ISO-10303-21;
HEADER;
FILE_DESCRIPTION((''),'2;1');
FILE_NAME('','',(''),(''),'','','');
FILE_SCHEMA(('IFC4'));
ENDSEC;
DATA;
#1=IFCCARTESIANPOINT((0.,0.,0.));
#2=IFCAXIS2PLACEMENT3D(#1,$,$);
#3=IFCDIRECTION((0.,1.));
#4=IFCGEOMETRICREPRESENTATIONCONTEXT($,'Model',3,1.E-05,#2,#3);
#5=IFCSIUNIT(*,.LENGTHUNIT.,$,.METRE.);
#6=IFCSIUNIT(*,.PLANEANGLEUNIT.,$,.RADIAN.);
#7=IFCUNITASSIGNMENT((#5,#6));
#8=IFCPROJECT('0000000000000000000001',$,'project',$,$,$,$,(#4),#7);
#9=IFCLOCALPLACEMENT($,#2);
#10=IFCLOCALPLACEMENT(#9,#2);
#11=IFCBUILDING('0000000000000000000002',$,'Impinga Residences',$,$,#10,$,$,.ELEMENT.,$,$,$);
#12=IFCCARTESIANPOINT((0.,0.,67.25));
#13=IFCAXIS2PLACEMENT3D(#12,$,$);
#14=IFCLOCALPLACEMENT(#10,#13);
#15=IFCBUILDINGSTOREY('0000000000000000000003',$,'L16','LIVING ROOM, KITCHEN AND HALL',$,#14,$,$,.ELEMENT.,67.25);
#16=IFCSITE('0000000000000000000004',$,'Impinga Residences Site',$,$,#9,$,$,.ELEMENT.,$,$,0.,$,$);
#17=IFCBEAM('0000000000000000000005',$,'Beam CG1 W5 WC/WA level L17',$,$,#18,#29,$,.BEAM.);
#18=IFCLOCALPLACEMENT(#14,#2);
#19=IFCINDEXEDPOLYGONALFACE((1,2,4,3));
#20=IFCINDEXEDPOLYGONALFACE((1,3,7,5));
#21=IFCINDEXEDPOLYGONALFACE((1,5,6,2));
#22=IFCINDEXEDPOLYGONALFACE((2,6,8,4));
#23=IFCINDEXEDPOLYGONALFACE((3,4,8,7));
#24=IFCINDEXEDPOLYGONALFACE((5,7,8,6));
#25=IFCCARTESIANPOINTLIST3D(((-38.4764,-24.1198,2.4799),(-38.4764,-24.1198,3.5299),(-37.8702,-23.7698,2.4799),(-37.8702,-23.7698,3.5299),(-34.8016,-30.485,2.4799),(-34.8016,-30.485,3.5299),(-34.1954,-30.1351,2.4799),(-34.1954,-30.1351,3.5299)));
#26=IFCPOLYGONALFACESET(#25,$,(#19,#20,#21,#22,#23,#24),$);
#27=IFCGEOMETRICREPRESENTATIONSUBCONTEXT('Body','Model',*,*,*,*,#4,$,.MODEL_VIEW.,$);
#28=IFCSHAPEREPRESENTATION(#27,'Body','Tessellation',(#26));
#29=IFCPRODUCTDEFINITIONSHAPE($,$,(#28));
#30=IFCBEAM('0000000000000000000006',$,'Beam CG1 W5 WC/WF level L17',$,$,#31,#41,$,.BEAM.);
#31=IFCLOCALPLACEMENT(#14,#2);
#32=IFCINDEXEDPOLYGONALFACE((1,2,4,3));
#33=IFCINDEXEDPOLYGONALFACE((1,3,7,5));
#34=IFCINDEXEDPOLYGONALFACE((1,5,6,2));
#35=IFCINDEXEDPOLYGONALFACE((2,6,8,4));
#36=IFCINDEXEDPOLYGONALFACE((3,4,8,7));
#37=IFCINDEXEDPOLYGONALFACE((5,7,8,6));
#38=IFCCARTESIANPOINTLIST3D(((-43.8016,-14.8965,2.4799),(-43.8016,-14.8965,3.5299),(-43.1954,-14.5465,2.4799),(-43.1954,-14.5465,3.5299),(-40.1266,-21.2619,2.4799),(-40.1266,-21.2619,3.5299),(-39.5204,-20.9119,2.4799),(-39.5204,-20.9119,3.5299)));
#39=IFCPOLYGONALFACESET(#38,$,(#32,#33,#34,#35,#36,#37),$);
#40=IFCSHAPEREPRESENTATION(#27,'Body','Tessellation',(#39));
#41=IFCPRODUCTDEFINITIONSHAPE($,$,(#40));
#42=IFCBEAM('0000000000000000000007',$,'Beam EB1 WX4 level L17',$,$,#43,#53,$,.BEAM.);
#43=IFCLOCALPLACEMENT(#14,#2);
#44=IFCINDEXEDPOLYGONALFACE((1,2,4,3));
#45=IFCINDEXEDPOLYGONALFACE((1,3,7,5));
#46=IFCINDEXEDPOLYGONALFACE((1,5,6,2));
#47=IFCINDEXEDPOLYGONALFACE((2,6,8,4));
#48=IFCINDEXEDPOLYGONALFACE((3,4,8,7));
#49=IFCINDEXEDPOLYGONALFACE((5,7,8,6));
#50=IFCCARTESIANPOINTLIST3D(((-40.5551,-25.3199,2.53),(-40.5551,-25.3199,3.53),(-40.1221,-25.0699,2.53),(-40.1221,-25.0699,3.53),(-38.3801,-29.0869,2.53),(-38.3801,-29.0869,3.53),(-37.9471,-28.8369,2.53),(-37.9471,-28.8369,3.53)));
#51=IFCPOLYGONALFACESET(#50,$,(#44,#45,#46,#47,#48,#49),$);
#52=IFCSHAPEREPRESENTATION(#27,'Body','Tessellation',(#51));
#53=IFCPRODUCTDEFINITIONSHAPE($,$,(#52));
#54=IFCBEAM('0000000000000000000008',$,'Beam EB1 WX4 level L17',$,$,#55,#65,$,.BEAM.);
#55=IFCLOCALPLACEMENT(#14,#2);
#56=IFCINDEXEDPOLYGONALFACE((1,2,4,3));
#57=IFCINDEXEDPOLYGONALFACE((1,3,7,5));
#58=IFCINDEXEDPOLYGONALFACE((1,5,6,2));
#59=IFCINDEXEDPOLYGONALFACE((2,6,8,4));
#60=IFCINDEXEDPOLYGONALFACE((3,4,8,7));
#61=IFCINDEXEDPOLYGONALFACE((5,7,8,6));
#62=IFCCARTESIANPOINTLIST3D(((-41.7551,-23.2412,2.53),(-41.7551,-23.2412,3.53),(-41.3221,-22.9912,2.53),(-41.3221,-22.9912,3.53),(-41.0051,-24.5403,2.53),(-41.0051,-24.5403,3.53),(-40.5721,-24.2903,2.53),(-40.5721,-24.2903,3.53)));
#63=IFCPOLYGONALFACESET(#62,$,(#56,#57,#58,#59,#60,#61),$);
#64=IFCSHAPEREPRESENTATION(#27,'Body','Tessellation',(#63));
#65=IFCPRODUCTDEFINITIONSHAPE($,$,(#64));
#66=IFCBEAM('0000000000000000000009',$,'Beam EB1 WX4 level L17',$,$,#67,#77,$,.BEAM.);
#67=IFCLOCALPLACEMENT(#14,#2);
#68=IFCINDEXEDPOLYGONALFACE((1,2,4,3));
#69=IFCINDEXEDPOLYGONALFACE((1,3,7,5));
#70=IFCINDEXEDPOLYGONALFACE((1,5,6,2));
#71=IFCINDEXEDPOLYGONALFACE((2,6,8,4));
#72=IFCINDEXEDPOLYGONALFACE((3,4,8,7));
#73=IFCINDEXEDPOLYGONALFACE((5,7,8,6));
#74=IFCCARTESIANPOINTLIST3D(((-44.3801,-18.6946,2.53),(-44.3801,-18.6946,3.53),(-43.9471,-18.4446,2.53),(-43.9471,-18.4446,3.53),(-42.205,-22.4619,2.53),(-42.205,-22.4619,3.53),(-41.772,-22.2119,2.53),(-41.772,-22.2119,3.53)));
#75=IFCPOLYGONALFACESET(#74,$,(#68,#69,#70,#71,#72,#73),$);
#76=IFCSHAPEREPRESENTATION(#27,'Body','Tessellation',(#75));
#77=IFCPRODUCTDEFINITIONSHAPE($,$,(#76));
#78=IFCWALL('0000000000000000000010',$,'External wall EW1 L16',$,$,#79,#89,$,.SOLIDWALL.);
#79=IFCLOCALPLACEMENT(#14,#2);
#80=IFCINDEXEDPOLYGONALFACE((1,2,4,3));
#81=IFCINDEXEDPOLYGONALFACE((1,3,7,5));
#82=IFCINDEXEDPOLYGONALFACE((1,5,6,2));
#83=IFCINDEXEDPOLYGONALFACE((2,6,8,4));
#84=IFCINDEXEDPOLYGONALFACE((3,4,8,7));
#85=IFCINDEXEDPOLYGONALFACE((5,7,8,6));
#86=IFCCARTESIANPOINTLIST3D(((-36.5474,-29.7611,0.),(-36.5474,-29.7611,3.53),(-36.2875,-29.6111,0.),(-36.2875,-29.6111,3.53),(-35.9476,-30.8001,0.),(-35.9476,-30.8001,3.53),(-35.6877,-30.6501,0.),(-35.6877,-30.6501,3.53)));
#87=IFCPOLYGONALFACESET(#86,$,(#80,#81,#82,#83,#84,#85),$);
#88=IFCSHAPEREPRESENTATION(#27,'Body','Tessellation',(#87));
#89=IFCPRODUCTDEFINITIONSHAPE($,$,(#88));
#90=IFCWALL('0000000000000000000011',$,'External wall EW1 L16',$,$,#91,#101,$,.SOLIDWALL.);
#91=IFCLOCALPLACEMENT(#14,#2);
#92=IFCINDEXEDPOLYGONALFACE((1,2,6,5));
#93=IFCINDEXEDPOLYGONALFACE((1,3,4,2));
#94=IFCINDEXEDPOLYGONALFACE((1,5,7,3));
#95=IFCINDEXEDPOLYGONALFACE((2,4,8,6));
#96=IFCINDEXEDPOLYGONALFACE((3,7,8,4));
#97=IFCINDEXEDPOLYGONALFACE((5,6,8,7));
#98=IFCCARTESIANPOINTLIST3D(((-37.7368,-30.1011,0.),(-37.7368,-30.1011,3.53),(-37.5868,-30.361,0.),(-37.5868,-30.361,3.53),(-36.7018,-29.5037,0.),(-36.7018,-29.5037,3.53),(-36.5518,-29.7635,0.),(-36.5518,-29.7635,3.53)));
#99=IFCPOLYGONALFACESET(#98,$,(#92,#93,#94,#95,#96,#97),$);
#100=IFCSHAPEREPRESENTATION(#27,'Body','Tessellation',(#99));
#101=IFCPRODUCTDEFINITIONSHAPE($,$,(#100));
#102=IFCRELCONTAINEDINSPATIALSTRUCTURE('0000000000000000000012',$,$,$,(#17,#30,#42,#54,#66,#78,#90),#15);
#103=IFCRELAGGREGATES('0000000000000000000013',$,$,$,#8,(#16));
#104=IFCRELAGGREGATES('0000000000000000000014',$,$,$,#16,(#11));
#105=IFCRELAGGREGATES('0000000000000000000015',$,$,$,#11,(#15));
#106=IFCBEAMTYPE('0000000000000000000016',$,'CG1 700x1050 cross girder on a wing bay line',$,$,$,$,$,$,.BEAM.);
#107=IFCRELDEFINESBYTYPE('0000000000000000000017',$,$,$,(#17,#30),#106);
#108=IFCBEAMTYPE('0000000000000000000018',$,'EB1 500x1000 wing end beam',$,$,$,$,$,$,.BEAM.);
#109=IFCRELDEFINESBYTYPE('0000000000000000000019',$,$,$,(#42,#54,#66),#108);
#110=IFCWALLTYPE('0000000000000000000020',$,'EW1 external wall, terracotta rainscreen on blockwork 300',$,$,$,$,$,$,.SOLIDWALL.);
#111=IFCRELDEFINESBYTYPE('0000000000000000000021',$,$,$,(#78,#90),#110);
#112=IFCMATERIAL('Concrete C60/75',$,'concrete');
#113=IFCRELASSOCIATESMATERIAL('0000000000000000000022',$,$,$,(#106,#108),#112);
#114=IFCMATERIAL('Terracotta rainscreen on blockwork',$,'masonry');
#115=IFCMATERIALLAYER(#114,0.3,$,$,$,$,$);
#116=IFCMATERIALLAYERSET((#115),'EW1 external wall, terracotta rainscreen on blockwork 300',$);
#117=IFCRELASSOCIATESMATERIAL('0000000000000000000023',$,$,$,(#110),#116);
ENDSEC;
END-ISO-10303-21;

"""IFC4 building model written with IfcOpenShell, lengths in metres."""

from ifc_helpers import new_model, si_unit, direction, frame, frame_2d, origin, origin_2d, place, context, subcontext, project, spatial, rectangle, extrude, material, layer, layer_set, material_profile, profile_set, type_object, element, save


model = new_model("IFC4")

# Units and contexts
model_context = context("Model", 3, precision=1e-05, world=origin(), true_north=direction((0.0, 1.0)))
body_context = subcontext(model_context, "Body", "Model", "MODEL_VIEW")
ifc_project = project(units=[si_unit("LENGTHUNIT", "METRE"), si_unit("PLANEANGLEUNIT", "RADIAN")], contexts=[model_context])

# Site, building, storey
site_placement = place(None, origin())
site = spatial("IfcSite", under=ifc_project, at=site_placement, Name="Impinga Residences Site", CompositionType="ELEMENT", RefElevation=0.0)
building_placement = place(site_placement, origin())
building = spatial("IfcBuilding", under=site, at=building_placement, Name="Impinga Residences", CompositionType="ELEMENT")
storey_placement = place(building_placement, frame((0.0, 0.0, 67.25)))
storey = spatial("IfcBuildingStorey", under=building, at=storey_placement, Name="L16", Description="LIVING ROOM, KITCHEN AND HALL", CompositionType="ELEMENT", Elevation=67.25)

# Beams
ifc_material_1 = material(Name="Concrete C60/75", Category="concrete")
ifc_material_profile_1 = material_profile(ifc_material_1, rectangle(XDim=0.7, YDim=1.05, at=origin_2d()), Name="RC 700x1050")
ifc_profile_set_1 = profile_set([ifc_material_profile_1], Name="Concrete C60/75")
beam_type_1 = type_object("IfcBeamType", Name="CG1 700x1050 cross girder on a wing bay line", PredefinedType="BEAM", material=ifc_profile_set_1)
beam_1_placement = place(storey_placement, frame((-38.1733, -23.9448, 3.0049), z_axis=(0.499983, -0.866035, 0.0), x_axis=(0.866035, 0.499983, 0.0)))
element("IfcBeam", 1, at=beam_1_placement, inside=storey, type_object=beam_type_1, Name="Beam CG1 W5 WC/WA level L17", PredefinedType="BEAM", context=body_context, shape_type="SweptSolid", body=[
    extrude(rectangle(XDim=0.7, YDim=1.05, at=origin_2d()), origin(), (0.0, 0.0, 1.0), 7.3499),
])
beam_2_placement = place(storey_placement, frame((-39.8235, -21.0869, 3.0049), z_axis=(-0.499994, 0.866029, 0.0), x_axis=(-0.866029, -0.499994, 0.0)))
element("IfcBeam", 2, at=beam_2_placement, inside=storey, type_object=beam_type_1, Name="Beam CG1 W5 WC/WF level L17", PredefinedType="BEAM", context=body_context, shape_type="SweptSolid", body=[
    extrude(rectangle(XDim=0.7, YDim=1.05, at=origin_2d()), origin(), (0.0, 0.0, 1.0), 7.3501),
])
ifc_material_profile_2 = material_profile(ifc_material_1, rectangle(XDim=0.5, YDim=1.0, at=origin_2d()), Name="RC 500x1000")
ifc_profile_set_2 = profile_set([ifc_material_profile_2], Name="Concrete C60/75")
beam_type_2 = type_object("IfcBeamType", Name="EB1 500x1000 wing end beam", PredefinedType="BEAM", material=ifc_profile_set_2)
beam_3_placement = place(storey_placement, frame((-38.1636, -28.9619, 3.03), z_axis=(-0.50002, 0.866014, 0.0), x_axis=(-0.866014, -0.50002, 0.0)))
element("IfcBeam", 3, at=beam_3_placement, inside=storey, type_object=beam_type_2, Name="Beam EB1 WX4 level L17", PredefinedType="BEAM", context=body_context, shape_type="SweptSolid", body=[
    extrude(rectangle(XDim=0.5, YDim=1.0, at=origin_2d()), origin(), (0.0, 0.0, 1.0), 4.3499),
])
beam_4_placement = place(storey_placement, frame((-40.7886, -24.4153, 3.03), z_axis=(-0.49999, 0.866031, 0.0), x_axis=(-0.866031, -0.49999, 0.0)))
element("IfcBeam", 4, at=beam_4_placement, inside=storey, type_object=beam_type_2, Name="Beam EB1 WX4 level L17", PredefinedType="BEAM", context=body_context, shape_type="SweptSolid", body=[
    extrude(rectangle(XDim=0.5, YDim=1.0, at=origin_2d()), origin(), (0.0, 0.0, 1.0), 1.5),
])
beam_5_placement = place(storey_placement, frame((-41.9885, -22.3369, 3.03), z_axis=(-0.499996, 0.866028, 0.0), x_axis=(-0.866028, -0.499996, 0.0)))
element("IfcBeam", 5, at=beam_5_placement, inside=storey, type_object=beam_type_2, Name="Beam EB1 WX4 level L17", PredefinedType="BEAM", context=body_context, shape_type="SweptSolid", body=[
    extrude(rectangle(XDim=0.5, YDim=1.0, at=origin_2d()), origin(), (0.0, 0.0, 1.0), 4.3501),
])

# Walls
ifc_material_2 = material(Name="Terracotta rainscreen on blockwork", Category="masonry")
ifc_layer_1 = layer(ifc_material_2, 0.3)
ifc_layer_set_1 = layer_set([ifc_layer_1], Name="EW1 external wall, terracotta rainscreen on blockwork 300")
wall_type_1 = type_object("IfcWallType", Name="EW1 external wall, terracotta rainscreen on blockwork 300", PredefinedType="SOLIDWALL", material=ifc_layer_set_1)
wall_1_placement = place(storey_placement, frame((-35.8176, -30.7251, 0.0), z_axis=(0.0, 0.0, 1.0), x_axis=(-0.499969, 0.866043, 0.0)))
element("IfcWall", 6, at=wall_1_placement, inside=storey, type_object=wall_type_1, Name="External wall EW1 L16", PredefinedType="SOLIDWALL", context=body_context, shape_type="SweptSolid", body=[
    extrude(rectangle(XDim=1.1997, YDim=0.3, at=frame_2d((0.5999, 0.0))), origin(), (0.0, 0.0, 1.0), 3.53),
])
wall_2_placement = place(storey_placement, frame((-36.6267, -29.6335, 0.0), z_axis=(0.0, 0.0, 1.0), x_axis=(-0.86606, -0.499941, 0.0)))
element("IfcWall", 7, at=wall_2_placement, inside=storey, type_object=wall_type_1, Name="External wall EW1 L16", PredefinedType="SOLIDWALL", context=body_context, shape_type="SweptSolid", body=[
    extrude(rectangle(XDim=1.1951, YDim=0.3, at=frame_2d((0.5977, 0.0))), origin(), (0.0, 0.0, 1.0), 3.53),
])

save(model, "model.ifc")
